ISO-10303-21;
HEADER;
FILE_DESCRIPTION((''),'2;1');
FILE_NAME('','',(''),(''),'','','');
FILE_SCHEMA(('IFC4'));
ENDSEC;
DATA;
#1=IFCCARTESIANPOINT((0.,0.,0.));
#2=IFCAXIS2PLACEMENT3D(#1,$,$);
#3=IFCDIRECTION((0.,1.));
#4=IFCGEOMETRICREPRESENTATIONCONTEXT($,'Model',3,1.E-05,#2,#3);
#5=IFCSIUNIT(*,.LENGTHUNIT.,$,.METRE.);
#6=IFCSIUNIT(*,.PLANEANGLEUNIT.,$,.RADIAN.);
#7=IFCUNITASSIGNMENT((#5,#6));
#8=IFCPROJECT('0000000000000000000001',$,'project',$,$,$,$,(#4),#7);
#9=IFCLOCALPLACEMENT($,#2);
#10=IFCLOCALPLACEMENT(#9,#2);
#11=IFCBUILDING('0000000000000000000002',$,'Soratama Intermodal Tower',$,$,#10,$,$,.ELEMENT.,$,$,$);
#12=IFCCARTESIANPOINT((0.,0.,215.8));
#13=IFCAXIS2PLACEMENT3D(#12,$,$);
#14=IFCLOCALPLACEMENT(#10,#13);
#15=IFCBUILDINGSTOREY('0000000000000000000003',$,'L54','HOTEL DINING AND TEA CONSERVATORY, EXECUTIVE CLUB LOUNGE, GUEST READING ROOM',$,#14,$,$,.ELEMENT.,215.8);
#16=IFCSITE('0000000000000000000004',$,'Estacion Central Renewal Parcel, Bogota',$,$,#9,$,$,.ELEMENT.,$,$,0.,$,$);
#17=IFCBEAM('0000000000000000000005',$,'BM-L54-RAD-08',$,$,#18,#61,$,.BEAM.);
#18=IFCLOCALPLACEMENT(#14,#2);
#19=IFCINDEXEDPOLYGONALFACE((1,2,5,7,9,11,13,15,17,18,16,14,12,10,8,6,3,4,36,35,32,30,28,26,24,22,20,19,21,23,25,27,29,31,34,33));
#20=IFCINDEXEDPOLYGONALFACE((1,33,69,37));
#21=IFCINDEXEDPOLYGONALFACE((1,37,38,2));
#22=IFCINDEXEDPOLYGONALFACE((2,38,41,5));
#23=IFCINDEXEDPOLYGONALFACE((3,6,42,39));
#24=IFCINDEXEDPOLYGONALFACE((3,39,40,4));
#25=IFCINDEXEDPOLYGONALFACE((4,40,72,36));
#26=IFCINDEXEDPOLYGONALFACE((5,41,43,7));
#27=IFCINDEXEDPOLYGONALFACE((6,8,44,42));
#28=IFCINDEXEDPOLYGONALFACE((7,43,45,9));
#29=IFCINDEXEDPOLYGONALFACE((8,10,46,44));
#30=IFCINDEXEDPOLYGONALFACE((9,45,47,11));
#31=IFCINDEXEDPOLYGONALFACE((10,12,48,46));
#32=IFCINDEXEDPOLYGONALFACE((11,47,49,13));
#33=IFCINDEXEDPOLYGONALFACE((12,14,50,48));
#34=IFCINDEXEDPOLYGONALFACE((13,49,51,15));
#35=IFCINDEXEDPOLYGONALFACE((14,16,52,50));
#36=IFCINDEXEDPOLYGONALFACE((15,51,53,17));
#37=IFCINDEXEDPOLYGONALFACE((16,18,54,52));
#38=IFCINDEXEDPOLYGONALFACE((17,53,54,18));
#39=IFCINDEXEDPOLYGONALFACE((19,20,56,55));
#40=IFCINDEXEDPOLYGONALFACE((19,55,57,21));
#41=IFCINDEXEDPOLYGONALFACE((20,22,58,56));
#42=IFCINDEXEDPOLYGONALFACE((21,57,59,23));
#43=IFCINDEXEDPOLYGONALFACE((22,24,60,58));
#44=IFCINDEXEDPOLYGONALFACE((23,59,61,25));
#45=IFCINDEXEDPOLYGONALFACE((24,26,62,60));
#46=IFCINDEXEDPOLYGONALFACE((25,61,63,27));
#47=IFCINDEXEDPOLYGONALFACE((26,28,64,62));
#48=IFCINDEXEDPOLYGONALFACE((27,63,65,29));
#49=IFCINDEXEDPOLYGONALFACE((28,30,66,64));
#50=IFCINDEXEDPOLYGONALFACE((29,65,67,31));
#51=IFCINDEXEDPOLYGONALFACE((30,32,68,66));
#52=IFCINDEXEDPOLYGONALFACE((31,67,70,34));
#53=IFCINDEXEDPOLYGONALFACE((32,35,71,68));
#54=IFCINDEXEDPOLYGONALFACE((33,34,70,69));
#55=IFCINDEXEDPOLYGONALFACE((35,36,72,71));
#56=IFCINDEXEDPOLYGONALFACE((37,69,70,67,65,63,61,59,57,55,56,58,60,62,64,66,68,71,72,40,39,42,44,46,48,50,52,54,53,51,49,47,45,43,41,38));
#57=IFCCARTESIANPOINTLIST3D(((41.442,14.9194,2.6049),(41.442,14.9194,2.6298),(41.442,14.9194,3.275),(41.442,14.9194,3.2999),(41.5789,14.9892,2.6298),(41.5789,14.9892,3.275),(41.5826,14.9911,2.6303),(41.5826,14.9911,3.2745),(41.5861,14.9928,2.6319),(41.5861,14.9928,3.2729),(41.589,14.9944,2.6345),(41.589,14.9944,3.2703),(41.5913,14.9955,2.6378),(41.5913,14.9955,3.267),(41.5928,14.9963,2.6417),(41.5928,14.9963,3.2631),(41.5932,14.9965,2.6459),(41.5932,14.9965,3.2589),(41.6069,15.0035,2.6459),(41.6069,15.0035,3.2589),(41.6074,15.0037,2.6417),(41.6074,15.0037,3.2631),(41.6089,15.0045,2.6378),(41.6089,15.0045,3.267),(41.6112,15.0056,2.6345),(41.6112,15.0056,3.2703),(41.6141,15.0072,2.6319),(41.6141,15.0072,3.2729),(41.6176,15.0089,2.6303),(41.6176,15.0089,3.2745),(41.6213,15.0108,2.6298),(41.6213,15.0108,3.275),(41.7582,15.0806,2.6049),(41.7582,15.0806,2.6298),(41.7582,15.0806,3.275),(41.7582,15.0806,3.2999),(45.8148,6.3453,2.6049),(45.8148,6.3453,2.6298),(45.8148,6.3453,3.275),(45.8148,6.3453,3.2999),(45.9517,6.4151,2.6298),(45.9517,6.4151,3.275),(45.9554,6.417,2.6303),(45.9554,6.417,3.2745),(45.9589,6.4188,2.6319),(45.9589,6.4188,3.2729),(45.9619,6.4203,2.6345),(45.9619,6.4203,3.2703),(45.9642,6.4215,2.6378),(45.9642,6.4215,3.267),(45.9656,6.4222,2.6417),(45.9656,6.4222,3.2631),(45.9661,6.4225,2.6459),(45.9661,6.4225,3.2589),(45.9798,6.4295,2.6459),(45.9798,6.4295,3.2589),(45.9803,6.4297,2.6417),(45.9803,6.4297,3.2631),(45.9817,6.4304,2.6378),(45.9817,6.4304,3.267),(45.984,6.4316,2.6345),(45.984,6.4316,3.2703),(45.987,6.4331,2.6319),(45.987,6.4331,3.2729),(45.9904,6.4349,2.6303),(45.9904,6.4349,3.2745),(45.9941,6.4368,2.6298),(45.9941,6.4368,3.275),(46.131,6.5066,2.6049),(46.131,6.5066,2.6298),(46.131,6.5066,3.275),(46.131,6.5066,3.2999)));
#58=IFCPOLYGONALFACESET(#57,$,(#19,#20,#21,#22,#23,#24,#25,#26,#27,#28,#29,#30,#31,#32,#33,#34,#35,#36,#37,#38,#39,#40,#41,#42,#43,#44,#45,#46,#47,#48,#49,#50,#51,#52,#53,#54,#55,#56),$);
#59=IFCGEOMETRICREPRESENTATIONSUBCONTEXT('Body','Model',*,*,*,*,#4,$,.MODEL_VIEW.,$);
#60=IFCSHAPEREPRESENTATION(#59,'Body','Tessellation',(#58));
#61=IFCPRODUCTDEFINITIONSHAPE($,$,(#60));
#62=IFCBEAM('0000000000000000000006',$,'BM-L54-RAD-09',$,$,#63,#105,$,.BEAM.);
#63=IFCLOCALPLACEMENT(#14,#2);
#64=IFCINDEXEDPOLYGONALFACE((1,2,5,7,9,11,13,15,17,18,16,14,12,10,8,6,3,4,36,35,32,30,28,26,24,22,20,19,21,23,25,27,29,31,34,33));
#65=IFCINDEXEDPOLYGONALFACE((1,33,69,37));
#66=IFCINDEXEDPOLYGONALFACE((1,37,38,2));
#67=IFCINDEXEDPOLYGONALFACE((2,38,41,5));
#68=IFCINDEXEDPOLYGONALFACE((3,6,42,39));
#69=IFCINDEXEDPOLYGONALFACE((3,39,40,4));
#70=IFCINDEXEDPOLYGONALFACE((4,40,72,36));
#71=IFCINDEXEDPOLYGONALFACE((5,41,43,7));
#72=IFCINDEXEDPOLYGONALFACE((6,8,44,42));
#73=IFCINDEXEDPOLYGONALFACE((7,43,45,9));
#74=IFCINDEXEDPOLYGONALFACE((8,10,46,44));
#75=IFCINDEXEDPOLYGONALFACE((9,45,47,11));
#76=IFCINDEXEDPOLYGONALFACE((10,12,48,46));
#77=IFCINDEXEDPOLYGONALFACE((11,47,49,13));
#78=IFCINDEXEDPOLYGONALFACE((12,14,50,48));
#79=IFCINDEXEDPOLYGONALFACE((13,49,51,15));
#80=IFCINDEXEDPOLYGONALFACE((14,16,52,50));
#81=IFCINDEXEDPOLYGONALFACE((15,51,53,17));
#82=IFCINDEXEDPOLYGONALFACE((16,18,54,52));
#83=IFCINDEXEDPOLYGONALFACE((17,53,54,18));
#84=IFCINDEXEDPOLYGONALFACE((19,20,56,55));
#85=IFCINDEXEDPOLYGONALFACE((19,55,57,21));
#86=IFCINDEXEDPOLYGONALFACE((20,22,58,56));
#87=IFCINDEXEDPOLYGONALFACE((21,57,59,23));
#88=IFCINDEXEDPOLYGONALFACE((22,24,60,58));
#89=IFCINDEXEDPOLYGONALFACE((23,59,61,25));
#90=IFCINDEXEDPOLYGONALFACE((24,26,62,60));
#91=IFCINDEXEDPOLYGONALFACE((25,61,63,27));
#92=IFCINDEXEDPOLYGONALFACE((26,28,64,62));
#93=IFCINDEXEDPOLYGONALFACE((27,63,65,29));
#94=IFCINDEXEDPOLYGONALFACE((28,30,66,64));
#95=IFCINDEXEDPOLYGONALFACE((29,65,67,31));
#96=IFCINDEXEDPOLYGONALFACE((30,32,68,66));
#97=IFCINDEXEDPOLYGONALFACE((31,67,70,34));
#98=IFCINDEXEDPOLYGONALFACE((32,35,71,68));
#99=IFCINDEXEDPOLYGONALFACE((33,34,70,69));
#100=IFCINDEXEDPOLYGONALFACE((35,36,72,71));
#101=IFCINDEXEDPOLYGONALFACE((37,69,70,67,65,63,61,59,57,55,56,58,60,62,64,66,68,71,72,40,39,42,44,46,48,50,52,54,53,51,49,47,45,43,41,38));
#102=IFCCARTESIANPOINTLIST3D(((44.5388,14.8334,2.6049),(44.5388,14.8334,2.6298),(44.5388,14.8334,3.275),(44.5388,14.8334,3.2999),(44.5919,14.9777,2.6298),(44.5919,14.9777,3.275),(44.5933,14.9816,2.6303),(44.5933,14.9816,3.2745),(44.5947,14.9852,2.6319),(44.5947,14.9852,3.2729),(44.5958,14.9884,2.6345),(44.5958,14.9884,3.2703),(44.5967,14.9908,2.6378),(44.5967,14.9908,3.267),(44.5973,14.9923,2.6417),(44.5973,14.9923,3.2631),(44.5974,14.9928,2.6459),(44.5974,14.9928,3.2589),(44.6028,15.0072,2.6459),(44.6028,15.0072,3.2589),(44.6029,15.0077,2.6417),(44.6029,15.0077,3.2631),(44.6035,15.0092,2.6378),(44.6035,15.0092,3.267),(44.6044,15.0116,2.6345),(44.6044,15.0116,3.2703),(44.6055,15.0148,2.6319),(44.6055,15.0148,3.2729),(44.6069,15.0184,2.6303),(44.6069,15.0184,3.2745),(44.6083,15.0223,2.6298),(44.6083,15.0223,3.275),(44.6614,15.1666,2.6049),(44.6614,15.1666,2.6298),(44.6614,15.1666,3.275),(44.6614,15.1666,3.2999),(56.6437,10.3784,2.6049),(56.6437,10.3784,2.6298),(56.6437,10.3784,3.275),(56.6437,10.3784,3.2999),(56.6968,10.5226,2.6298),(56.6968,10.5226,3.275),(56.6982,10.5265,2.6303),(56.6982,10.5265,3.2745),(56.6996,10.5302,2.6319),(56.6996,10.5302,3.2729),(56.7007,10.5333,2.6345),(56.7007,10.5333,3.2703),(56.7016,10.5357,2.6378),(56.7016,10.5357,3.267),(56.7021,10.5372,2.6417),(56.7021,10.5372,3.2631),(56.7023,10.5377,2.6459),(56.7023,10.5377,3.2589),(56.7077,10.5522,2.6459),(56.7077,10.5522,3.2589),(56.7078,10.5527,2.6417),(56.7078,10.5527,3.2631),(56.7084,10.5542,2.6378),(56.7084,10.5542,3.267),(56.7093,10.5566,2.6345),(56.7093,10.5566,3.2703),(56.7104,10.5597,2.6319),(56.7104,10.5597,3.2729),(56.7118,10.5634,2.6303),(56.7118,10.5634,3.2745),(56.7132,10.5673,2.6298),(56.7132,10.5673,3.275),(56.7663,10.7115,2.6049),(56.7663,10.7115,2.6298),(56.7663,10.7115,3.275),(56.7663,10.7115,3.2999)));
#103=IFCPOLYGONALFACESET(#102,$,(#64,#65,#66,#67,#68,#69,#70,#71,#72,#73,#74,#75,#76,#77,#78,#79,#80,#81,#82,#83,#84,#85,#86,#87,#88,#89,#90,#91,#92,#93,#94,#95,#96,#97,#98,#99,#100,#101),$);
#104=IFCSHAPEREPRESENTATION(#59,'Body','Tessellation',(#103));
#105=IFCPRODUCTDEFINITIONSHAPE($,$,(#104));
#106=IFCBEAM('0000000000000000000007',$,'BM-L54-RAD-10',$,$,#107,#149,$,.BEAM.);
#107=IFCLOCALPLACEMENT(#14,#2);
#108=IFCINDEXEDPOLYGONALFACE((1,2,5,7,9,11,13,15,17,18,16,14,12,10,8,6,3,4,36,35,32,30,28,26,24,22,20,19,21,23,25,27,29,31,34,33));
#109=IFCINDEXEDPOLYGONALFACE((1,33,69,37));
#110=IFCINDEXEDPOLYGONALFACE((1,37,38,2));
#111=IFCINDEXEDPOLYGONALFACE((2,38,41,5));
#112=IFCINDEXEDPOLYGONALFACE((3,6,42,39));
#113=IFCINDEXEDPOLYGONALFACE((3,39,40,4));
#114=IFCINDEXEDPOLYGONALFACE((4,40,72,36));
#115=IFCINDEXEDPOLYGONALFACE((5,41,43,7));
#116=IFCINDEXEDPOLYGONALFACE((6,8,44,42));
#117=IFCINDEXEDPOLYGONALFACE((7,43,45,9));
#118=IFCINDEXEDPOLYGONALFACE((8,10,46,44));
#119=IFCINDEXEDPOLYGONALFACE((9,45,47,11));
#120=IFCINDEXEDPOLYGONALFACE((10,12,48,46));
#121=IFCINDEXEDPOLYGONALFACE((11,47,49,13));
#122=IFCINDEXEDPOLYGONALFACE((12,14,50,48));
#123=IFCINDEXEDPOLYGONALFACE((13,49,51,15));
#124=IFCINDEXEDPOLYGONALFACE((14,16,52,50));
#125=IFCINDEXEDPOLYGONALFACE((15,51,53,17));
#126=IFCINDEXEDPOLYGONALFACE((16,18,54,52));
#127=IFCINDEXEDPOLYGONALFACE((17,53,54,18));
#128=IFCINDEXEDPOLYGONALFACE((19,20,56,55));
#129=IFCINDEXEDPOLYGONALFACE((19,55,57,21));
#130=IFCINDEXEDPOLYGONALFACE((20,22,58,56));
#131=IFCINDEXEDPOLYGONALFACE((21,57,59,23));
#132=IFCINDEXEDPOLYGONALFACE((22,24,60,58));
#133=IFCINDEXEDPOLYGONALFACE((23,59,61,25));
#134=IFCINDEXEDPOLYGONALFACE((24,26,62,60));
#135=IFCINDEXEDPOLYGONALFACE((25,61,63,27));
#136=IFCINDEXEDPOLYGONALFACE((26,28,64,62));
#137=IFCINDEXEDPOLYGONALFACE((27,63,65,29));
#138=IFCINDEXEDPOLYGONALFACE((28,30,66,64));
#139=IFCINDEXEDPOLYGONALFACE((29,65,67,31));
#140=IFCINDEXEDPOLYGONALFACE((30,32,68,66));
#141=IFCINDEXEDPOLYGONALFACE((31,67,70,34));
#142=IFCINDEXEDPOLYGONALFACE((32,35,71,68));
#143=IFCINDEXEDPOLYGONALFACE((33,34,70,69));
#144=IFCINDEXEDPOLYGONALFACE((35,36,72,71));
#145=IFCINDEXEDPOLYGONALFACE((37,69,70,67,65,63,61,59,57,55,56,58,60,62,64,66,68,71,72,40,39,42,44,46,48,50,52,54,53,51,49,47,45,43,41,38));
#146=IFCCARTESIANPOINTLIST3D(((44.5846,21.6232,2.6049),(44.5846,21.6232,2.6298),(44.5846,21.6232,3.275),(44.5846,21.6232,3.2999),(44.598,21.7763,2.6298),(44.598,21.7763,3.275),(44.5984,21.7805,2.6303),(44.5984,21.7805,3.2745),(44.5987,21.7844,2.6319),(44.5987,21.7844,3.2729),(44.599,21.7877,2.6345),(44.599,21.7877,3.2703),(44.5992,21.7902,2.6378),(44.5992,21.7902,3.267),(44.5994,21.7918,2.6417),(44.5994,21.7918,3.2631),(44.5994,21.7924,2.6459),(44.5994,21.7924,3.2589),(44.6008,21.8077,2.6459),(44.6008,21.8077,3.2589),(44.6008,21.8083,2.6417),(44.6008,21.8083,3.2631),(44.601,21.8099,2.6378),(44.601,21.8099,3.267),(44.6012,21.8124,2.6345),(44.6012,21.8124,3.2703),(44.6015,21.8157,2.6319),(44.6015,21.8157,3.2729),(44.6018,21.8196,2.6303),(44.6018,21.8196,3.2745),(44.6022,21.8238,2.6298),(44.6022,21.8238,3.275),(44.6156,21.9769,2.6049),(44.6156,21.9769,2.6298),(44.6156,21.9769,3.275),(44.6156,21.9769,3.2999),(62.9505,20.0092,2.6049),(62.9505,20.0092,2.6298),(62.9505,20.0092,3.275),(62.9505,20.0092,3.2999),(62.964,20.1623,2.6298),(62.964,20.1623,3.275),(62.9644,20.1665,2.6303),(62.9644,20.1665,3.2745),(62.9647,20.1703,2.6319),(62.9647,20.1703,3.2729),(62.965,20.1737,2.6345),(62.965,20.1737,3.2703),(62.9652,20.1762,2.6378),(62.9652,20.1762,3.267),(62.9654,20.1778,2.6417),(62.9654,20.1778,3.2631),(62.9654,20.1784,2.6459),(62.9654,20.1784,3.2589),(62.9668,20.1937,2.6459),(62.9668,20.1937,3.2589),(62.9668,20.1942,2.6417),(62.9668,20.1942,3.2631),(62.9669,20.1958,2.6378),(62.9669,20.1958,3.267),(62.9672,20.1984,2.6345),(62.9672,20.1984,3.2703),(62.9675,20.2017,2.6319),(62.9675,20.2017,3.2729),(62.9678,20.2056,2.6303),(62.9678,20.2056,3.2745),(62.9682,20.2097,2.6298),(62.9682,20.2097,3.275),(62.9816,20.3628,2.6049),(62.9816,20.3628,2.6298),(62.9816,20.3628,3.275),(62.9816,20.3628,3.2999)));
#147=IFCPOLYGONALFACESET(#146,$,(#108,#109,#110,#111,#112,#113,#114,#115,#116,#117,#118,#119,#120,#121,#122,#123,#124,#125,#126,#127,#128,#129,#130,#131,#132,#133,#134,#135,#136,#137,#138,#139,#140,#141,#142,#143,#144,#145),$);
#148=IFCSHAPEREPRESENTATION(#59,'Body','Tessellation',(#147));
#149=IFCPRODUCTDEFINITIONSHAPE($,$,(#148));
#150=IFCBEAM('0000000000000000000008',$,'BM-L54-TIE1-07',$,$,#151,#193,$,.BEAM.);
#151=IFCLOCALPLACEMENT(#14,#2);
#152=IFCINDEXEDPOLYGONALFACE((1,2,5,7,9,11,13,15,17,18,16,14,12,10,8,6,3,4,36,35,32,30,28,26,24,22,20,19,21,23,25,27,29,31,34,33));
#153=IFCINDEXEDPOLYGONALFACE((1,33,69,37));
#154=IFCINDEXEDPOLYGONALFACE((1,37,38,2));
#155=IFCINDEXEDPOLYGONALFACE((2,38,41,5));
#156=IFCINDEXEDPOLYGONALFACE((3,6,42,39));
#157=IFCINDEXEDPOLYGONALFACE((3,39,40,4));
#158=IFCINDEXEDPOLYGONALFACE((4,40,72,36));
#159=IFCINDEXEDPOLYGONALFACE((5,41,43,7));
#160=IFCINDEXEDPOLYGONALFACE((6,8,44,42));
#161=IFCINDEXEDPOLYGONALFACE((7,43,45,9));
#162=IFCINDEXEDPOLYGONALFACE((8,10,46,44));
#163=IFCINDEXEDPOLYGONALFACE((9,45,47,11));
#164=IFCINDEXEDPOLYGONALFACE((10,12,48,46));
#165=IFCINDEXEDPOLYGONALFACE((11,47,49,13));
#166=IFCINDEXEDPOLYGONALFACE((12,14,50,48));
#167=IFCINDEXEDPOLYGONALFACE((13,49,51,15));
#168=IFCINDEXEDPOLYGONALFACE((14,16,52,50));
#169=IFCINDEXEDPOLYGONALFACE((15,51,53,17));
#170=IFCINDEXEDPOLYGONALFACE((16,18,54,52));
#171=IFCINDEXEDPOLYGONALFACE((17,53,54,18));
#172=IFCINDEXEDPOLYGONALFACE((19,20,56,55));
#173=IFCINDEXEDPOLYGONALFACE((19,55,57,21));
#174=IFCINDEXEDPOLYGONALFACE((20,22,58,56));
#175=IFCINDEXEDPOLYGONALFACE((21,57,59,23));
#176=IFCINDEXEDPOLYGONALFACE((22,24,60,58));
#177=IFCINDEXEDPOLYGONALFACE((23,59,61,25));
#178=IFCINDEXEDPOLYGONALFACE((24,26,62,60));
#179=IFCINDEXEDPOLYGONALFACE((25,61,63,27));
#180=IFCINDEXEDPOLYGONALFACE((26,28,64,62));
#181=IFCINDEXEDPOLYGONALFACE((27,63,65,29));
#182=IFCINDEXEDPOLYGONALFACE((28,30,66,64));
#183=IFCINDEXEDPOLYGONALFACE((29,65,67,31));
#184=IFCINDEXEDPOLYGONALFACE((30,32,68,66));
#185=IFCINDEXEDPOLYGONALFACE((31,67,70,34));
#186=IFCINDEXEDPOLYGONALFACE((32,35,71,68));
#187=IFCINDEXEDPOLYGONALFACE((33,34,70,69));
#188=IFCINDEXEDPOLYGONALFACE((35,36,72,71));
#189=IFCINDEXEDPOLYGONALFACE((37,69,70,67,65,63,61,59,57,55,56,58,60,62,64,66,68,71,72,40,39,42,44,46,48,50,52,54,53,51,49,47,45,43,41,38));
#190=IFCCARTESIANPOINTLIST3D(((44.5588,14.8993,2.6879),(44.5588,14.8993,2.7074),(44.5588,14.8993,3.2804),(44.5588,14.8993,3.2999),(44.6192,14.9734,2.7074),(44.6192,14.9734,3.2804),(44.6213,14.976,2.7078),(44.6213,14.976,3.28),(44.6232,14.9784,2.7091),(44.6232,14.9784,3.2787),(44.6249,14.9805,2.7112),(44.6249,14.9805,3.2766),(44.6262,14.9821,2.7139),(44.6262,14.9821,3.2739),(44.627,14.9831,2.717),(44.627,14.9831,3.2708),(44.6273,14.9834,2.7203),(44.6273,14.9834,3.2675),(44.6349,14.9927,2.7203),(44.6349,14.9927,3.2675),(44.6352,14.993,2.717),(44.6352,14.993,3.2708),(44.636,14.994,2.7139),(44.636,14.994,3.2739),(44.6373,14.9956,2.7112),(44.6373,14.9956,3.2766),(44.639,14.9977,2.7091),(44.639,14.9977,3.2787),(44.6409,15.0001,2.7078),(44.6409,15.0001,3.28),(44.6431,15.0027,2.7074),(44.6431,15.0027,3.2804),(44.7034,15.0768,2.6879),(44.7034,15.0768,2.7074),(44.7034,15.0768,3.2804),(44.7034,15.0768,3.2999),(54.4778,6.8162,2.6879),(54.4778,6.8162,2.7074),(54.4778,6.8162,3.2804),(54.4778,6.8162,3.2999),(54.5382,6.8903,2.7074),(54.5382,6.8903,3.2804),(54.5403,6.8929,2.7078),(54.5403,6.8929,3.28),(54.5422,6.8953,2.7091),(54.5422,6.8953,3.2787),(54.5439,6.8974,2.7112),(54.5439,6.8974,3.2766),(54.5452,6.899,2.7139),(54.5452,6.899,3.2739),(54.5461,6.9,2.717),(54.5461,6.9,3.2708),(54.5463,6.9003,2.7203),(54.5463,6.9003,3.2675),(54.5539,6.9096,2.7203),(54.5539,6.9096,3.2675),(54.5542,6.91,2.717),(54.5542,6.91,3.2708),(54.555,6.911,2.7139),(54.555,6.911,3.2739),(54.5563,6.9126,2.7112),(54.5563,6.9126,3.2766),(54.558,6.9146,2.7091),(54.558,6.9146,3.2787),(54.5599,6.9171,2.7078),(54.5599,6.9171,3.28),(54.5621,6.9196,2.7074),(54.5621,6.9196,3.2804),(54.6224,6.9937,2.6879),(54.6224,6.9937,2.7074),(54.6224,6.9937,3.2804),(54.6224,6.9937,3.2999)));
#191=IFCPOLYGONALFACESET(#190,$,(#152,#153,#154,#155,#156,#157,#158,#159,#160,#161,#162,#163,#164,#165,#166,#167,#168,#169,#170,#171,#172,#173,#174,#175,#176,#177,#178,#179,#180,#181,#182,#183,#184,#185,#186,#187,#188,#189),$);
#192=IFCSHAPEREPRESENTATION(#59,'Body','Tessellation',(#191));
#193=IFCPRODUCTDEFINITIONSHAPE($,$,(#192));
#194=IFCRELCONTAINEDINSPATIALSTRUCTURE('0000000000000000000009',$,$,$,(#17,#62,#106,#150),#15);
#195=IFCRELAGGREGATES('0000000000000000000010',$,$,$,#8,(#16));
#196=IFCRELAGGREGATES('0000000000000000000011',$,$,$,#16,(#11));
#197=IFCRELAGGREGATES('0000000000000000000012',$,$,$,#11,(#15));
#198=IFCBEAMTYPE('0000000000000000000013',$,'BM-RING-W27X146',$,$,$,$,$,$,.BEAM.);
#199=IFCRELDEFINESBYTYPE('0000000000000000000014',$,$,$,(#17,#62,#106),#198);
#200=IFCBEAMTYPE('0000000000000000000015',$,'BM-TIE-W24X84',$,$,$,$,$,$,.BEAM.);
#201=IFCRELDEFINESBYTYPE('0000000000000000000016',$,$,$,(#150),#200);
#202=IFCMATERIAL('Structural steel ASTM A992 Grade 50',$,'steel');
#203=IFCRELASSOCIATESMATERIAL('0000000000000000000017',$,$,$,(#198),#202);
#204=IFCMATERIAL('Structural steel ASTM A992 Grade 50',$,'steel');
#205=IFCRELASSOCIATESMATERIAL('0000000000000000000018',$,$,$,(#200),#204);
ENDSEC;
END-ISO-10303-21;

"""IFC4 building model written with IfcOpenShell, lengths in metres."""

from ifc_helpers import new_model, si_unit, direction, frame, origin, origin_2d, place, context, subcontext, project, spatial, i_section, extrude, material, material_profile, profile_set, type_object, element, save


model = new_model("IFC4")

# Units and contexts
model_context = context("Model", 3, precision=1e-05, world=origin(), true_north=direction((0.0, 1.0)))
body_context = subcontext(model_context, "Body", "Model", "MODEL_VIEW")
ifc_project = project(units=[si_unit("LENGTHUNIT", "METRE"), si_unit("PLANEANGLEUNIT", "RADIAN")], contexts=[model_context])

# Site, building, storey
site_placement = place(None, origin())
site = spatial("IfcSite", under=ifc_project, at=site_placement, Name="Estacion Central Renewal Parcel, Bogota", CompositionType="ELEMENT", RefElevation=0.0)
building_placement = place(site_placement, origin())
building = spatial("IfcBuilding", under=site, at=building_placement, Name="Soratama Intermodal Tower", CompositionType="ELEMENT")
storey_placement = place(building_placement, frame((0.0, 0.0, 215.8)))
storey = spatial("IfcBuildingStorey", under=building, at=storey_placement, Name="L54", Description="HOTEL DINING AND TEA CONSERVATORY, EXECUTIVE CLUB LOUNGE, GUEST READING ROOM", CompositionType="ELEMENT", Elevation=215.8)

# Beams
ifc_material_1 = material(Name="Structural steel ASTM A992 Grade 50", Category="steel")
ifc_material_profile_1 = material_profile(ifc_material_1, i_section(OverallWidth=0.355, OverallDepth=0.6951, WebThickness=0.0154, FlangeThickness=0.0249, FilletRadius=0.0161, at=origin_2d()), Name="W27X146")
ifc_profile_set_1 = profile_set([ifc_material_profile_1], Name="Structural steel ASTM A992 Grade 50")
beam_type_1 = type_object("IfcBeamType", Name="BM-RING-W27X146", PredefinedType="BEAM", material=ifc_profile_set_1)
beam_1_placement = place(storey_placement, frame((41.6001, 15.0, 2.9524), z_axis=(0.454332, -0.890832, 0.0), x_axis=(0.890832, 0.454332, 0.0)))
element("IfcBeam", 1, at=beam_1_placement, inside=storey, type_object=beam_type_1, Name="BM-L54-RAD-08", PredefinedType="BEAM", context=body_context, shape_type="SweptSolid", body=[
    extrude(i_section(OverallWidth=0.355, OverallDepth=0.6951, WebThickness=0.0154, FlangeThickness=0.0249, FilletRadius=0.0161, at=origin_2d()), origin(), (0.0, 0.0, 1.0), 9.6248),
])
beam_2_placement = place(storey_placement, frame((44.6001, 15.0, 2.9524), z_axis=(0.93846, -0.345388, 0.0), x_axis=(0.345388, 0.93846, 0.0)))
element("IfcBeam", 2, at=beam_2_placement, inside=storey, type_object=beam_type_1, Name="BM-L54-RAD-09", PredefinedType="BEAM", context=body_context, shape_type="SweptSolid", body=[
    extrude(i_section(OverallWidth=0.355, OverallDepth=0.6951, WebThickness=0.0154, FlangeThickness=0.0249, FilletRadius=0.0161, at=origin_2d()), origin(), (0.0, 0.0, 1.0), 12.8987),
])
beam_3_placement = place(storey_placement, frame((44.6001, 21.8, 2.9524), z_axis=(0.996161, -0.087543, 0.0), x_axis=(0.087543, 0.996161, 0.0)))
element("IfcBeam", 3, at=beam_3_placement, inside=storey, type_object=beam_type_1, Name="BM-L54-RAD-10", PredefinedType="BEAM", context=body_context, shape_type="SweptSolid", body=[
    extrude(i_section(OverallWidth=0.355, OverallDepth=0.6951, WebThickness=0.0154, FlangeThickness=0.0249, FilletRadius=0.0161, at=origin_2d()), origin(), (0.0, 0.0, 1.0), 18.4368),
])
ifc_material_2 = material(Name="Structural steel ASTM A992 Grade 50", Category="steel")
ifc_material_profile_2 = material_profile(ifc_material_2, i_section(OverallWidth=0.229, OverallDepth=0.6121, WebThickness=0.012, FlangeThickness=0.0195, FilletRadius=0.0129, at=origin_2d()), Name="W24X84")
ifc_profile_set_2 = profile_set([ifc_material_profile_2], Name="Structural steel ASTM A992 Grade 50")
beam_type_2 = type_object("IfcBeamType", Name="BM-TIE-W24X84", PredefinedType="BEAM", material=ifc_profile_set_2)
beam_4_placement = place(storey_placement, frame((44.6311, 14.988, 2.9939), z_axis=(0.7752, -0.631715, 0.0), x_axis=(0.631715, 0.7752, 0.0)))
element("IfcBeam", 4, at=beam_4_placement, inside=storey, type_object=beam_type_2, Name="BM-L54-TIE1-07", PredefinedType="BEAM", context=body_context, shape_type="SweptSolid", body=[
    extrude(i_section(OverallWidth=0.229, OverallDepth=0.6121, WebThickness=0.012, FlangeThickness=0.0195, FilletRadius=0.0129, at=origin_2d()), origin(), (0.0, 0.0, 1.0), 12.7954),
])

save(model, "model.ifc")
